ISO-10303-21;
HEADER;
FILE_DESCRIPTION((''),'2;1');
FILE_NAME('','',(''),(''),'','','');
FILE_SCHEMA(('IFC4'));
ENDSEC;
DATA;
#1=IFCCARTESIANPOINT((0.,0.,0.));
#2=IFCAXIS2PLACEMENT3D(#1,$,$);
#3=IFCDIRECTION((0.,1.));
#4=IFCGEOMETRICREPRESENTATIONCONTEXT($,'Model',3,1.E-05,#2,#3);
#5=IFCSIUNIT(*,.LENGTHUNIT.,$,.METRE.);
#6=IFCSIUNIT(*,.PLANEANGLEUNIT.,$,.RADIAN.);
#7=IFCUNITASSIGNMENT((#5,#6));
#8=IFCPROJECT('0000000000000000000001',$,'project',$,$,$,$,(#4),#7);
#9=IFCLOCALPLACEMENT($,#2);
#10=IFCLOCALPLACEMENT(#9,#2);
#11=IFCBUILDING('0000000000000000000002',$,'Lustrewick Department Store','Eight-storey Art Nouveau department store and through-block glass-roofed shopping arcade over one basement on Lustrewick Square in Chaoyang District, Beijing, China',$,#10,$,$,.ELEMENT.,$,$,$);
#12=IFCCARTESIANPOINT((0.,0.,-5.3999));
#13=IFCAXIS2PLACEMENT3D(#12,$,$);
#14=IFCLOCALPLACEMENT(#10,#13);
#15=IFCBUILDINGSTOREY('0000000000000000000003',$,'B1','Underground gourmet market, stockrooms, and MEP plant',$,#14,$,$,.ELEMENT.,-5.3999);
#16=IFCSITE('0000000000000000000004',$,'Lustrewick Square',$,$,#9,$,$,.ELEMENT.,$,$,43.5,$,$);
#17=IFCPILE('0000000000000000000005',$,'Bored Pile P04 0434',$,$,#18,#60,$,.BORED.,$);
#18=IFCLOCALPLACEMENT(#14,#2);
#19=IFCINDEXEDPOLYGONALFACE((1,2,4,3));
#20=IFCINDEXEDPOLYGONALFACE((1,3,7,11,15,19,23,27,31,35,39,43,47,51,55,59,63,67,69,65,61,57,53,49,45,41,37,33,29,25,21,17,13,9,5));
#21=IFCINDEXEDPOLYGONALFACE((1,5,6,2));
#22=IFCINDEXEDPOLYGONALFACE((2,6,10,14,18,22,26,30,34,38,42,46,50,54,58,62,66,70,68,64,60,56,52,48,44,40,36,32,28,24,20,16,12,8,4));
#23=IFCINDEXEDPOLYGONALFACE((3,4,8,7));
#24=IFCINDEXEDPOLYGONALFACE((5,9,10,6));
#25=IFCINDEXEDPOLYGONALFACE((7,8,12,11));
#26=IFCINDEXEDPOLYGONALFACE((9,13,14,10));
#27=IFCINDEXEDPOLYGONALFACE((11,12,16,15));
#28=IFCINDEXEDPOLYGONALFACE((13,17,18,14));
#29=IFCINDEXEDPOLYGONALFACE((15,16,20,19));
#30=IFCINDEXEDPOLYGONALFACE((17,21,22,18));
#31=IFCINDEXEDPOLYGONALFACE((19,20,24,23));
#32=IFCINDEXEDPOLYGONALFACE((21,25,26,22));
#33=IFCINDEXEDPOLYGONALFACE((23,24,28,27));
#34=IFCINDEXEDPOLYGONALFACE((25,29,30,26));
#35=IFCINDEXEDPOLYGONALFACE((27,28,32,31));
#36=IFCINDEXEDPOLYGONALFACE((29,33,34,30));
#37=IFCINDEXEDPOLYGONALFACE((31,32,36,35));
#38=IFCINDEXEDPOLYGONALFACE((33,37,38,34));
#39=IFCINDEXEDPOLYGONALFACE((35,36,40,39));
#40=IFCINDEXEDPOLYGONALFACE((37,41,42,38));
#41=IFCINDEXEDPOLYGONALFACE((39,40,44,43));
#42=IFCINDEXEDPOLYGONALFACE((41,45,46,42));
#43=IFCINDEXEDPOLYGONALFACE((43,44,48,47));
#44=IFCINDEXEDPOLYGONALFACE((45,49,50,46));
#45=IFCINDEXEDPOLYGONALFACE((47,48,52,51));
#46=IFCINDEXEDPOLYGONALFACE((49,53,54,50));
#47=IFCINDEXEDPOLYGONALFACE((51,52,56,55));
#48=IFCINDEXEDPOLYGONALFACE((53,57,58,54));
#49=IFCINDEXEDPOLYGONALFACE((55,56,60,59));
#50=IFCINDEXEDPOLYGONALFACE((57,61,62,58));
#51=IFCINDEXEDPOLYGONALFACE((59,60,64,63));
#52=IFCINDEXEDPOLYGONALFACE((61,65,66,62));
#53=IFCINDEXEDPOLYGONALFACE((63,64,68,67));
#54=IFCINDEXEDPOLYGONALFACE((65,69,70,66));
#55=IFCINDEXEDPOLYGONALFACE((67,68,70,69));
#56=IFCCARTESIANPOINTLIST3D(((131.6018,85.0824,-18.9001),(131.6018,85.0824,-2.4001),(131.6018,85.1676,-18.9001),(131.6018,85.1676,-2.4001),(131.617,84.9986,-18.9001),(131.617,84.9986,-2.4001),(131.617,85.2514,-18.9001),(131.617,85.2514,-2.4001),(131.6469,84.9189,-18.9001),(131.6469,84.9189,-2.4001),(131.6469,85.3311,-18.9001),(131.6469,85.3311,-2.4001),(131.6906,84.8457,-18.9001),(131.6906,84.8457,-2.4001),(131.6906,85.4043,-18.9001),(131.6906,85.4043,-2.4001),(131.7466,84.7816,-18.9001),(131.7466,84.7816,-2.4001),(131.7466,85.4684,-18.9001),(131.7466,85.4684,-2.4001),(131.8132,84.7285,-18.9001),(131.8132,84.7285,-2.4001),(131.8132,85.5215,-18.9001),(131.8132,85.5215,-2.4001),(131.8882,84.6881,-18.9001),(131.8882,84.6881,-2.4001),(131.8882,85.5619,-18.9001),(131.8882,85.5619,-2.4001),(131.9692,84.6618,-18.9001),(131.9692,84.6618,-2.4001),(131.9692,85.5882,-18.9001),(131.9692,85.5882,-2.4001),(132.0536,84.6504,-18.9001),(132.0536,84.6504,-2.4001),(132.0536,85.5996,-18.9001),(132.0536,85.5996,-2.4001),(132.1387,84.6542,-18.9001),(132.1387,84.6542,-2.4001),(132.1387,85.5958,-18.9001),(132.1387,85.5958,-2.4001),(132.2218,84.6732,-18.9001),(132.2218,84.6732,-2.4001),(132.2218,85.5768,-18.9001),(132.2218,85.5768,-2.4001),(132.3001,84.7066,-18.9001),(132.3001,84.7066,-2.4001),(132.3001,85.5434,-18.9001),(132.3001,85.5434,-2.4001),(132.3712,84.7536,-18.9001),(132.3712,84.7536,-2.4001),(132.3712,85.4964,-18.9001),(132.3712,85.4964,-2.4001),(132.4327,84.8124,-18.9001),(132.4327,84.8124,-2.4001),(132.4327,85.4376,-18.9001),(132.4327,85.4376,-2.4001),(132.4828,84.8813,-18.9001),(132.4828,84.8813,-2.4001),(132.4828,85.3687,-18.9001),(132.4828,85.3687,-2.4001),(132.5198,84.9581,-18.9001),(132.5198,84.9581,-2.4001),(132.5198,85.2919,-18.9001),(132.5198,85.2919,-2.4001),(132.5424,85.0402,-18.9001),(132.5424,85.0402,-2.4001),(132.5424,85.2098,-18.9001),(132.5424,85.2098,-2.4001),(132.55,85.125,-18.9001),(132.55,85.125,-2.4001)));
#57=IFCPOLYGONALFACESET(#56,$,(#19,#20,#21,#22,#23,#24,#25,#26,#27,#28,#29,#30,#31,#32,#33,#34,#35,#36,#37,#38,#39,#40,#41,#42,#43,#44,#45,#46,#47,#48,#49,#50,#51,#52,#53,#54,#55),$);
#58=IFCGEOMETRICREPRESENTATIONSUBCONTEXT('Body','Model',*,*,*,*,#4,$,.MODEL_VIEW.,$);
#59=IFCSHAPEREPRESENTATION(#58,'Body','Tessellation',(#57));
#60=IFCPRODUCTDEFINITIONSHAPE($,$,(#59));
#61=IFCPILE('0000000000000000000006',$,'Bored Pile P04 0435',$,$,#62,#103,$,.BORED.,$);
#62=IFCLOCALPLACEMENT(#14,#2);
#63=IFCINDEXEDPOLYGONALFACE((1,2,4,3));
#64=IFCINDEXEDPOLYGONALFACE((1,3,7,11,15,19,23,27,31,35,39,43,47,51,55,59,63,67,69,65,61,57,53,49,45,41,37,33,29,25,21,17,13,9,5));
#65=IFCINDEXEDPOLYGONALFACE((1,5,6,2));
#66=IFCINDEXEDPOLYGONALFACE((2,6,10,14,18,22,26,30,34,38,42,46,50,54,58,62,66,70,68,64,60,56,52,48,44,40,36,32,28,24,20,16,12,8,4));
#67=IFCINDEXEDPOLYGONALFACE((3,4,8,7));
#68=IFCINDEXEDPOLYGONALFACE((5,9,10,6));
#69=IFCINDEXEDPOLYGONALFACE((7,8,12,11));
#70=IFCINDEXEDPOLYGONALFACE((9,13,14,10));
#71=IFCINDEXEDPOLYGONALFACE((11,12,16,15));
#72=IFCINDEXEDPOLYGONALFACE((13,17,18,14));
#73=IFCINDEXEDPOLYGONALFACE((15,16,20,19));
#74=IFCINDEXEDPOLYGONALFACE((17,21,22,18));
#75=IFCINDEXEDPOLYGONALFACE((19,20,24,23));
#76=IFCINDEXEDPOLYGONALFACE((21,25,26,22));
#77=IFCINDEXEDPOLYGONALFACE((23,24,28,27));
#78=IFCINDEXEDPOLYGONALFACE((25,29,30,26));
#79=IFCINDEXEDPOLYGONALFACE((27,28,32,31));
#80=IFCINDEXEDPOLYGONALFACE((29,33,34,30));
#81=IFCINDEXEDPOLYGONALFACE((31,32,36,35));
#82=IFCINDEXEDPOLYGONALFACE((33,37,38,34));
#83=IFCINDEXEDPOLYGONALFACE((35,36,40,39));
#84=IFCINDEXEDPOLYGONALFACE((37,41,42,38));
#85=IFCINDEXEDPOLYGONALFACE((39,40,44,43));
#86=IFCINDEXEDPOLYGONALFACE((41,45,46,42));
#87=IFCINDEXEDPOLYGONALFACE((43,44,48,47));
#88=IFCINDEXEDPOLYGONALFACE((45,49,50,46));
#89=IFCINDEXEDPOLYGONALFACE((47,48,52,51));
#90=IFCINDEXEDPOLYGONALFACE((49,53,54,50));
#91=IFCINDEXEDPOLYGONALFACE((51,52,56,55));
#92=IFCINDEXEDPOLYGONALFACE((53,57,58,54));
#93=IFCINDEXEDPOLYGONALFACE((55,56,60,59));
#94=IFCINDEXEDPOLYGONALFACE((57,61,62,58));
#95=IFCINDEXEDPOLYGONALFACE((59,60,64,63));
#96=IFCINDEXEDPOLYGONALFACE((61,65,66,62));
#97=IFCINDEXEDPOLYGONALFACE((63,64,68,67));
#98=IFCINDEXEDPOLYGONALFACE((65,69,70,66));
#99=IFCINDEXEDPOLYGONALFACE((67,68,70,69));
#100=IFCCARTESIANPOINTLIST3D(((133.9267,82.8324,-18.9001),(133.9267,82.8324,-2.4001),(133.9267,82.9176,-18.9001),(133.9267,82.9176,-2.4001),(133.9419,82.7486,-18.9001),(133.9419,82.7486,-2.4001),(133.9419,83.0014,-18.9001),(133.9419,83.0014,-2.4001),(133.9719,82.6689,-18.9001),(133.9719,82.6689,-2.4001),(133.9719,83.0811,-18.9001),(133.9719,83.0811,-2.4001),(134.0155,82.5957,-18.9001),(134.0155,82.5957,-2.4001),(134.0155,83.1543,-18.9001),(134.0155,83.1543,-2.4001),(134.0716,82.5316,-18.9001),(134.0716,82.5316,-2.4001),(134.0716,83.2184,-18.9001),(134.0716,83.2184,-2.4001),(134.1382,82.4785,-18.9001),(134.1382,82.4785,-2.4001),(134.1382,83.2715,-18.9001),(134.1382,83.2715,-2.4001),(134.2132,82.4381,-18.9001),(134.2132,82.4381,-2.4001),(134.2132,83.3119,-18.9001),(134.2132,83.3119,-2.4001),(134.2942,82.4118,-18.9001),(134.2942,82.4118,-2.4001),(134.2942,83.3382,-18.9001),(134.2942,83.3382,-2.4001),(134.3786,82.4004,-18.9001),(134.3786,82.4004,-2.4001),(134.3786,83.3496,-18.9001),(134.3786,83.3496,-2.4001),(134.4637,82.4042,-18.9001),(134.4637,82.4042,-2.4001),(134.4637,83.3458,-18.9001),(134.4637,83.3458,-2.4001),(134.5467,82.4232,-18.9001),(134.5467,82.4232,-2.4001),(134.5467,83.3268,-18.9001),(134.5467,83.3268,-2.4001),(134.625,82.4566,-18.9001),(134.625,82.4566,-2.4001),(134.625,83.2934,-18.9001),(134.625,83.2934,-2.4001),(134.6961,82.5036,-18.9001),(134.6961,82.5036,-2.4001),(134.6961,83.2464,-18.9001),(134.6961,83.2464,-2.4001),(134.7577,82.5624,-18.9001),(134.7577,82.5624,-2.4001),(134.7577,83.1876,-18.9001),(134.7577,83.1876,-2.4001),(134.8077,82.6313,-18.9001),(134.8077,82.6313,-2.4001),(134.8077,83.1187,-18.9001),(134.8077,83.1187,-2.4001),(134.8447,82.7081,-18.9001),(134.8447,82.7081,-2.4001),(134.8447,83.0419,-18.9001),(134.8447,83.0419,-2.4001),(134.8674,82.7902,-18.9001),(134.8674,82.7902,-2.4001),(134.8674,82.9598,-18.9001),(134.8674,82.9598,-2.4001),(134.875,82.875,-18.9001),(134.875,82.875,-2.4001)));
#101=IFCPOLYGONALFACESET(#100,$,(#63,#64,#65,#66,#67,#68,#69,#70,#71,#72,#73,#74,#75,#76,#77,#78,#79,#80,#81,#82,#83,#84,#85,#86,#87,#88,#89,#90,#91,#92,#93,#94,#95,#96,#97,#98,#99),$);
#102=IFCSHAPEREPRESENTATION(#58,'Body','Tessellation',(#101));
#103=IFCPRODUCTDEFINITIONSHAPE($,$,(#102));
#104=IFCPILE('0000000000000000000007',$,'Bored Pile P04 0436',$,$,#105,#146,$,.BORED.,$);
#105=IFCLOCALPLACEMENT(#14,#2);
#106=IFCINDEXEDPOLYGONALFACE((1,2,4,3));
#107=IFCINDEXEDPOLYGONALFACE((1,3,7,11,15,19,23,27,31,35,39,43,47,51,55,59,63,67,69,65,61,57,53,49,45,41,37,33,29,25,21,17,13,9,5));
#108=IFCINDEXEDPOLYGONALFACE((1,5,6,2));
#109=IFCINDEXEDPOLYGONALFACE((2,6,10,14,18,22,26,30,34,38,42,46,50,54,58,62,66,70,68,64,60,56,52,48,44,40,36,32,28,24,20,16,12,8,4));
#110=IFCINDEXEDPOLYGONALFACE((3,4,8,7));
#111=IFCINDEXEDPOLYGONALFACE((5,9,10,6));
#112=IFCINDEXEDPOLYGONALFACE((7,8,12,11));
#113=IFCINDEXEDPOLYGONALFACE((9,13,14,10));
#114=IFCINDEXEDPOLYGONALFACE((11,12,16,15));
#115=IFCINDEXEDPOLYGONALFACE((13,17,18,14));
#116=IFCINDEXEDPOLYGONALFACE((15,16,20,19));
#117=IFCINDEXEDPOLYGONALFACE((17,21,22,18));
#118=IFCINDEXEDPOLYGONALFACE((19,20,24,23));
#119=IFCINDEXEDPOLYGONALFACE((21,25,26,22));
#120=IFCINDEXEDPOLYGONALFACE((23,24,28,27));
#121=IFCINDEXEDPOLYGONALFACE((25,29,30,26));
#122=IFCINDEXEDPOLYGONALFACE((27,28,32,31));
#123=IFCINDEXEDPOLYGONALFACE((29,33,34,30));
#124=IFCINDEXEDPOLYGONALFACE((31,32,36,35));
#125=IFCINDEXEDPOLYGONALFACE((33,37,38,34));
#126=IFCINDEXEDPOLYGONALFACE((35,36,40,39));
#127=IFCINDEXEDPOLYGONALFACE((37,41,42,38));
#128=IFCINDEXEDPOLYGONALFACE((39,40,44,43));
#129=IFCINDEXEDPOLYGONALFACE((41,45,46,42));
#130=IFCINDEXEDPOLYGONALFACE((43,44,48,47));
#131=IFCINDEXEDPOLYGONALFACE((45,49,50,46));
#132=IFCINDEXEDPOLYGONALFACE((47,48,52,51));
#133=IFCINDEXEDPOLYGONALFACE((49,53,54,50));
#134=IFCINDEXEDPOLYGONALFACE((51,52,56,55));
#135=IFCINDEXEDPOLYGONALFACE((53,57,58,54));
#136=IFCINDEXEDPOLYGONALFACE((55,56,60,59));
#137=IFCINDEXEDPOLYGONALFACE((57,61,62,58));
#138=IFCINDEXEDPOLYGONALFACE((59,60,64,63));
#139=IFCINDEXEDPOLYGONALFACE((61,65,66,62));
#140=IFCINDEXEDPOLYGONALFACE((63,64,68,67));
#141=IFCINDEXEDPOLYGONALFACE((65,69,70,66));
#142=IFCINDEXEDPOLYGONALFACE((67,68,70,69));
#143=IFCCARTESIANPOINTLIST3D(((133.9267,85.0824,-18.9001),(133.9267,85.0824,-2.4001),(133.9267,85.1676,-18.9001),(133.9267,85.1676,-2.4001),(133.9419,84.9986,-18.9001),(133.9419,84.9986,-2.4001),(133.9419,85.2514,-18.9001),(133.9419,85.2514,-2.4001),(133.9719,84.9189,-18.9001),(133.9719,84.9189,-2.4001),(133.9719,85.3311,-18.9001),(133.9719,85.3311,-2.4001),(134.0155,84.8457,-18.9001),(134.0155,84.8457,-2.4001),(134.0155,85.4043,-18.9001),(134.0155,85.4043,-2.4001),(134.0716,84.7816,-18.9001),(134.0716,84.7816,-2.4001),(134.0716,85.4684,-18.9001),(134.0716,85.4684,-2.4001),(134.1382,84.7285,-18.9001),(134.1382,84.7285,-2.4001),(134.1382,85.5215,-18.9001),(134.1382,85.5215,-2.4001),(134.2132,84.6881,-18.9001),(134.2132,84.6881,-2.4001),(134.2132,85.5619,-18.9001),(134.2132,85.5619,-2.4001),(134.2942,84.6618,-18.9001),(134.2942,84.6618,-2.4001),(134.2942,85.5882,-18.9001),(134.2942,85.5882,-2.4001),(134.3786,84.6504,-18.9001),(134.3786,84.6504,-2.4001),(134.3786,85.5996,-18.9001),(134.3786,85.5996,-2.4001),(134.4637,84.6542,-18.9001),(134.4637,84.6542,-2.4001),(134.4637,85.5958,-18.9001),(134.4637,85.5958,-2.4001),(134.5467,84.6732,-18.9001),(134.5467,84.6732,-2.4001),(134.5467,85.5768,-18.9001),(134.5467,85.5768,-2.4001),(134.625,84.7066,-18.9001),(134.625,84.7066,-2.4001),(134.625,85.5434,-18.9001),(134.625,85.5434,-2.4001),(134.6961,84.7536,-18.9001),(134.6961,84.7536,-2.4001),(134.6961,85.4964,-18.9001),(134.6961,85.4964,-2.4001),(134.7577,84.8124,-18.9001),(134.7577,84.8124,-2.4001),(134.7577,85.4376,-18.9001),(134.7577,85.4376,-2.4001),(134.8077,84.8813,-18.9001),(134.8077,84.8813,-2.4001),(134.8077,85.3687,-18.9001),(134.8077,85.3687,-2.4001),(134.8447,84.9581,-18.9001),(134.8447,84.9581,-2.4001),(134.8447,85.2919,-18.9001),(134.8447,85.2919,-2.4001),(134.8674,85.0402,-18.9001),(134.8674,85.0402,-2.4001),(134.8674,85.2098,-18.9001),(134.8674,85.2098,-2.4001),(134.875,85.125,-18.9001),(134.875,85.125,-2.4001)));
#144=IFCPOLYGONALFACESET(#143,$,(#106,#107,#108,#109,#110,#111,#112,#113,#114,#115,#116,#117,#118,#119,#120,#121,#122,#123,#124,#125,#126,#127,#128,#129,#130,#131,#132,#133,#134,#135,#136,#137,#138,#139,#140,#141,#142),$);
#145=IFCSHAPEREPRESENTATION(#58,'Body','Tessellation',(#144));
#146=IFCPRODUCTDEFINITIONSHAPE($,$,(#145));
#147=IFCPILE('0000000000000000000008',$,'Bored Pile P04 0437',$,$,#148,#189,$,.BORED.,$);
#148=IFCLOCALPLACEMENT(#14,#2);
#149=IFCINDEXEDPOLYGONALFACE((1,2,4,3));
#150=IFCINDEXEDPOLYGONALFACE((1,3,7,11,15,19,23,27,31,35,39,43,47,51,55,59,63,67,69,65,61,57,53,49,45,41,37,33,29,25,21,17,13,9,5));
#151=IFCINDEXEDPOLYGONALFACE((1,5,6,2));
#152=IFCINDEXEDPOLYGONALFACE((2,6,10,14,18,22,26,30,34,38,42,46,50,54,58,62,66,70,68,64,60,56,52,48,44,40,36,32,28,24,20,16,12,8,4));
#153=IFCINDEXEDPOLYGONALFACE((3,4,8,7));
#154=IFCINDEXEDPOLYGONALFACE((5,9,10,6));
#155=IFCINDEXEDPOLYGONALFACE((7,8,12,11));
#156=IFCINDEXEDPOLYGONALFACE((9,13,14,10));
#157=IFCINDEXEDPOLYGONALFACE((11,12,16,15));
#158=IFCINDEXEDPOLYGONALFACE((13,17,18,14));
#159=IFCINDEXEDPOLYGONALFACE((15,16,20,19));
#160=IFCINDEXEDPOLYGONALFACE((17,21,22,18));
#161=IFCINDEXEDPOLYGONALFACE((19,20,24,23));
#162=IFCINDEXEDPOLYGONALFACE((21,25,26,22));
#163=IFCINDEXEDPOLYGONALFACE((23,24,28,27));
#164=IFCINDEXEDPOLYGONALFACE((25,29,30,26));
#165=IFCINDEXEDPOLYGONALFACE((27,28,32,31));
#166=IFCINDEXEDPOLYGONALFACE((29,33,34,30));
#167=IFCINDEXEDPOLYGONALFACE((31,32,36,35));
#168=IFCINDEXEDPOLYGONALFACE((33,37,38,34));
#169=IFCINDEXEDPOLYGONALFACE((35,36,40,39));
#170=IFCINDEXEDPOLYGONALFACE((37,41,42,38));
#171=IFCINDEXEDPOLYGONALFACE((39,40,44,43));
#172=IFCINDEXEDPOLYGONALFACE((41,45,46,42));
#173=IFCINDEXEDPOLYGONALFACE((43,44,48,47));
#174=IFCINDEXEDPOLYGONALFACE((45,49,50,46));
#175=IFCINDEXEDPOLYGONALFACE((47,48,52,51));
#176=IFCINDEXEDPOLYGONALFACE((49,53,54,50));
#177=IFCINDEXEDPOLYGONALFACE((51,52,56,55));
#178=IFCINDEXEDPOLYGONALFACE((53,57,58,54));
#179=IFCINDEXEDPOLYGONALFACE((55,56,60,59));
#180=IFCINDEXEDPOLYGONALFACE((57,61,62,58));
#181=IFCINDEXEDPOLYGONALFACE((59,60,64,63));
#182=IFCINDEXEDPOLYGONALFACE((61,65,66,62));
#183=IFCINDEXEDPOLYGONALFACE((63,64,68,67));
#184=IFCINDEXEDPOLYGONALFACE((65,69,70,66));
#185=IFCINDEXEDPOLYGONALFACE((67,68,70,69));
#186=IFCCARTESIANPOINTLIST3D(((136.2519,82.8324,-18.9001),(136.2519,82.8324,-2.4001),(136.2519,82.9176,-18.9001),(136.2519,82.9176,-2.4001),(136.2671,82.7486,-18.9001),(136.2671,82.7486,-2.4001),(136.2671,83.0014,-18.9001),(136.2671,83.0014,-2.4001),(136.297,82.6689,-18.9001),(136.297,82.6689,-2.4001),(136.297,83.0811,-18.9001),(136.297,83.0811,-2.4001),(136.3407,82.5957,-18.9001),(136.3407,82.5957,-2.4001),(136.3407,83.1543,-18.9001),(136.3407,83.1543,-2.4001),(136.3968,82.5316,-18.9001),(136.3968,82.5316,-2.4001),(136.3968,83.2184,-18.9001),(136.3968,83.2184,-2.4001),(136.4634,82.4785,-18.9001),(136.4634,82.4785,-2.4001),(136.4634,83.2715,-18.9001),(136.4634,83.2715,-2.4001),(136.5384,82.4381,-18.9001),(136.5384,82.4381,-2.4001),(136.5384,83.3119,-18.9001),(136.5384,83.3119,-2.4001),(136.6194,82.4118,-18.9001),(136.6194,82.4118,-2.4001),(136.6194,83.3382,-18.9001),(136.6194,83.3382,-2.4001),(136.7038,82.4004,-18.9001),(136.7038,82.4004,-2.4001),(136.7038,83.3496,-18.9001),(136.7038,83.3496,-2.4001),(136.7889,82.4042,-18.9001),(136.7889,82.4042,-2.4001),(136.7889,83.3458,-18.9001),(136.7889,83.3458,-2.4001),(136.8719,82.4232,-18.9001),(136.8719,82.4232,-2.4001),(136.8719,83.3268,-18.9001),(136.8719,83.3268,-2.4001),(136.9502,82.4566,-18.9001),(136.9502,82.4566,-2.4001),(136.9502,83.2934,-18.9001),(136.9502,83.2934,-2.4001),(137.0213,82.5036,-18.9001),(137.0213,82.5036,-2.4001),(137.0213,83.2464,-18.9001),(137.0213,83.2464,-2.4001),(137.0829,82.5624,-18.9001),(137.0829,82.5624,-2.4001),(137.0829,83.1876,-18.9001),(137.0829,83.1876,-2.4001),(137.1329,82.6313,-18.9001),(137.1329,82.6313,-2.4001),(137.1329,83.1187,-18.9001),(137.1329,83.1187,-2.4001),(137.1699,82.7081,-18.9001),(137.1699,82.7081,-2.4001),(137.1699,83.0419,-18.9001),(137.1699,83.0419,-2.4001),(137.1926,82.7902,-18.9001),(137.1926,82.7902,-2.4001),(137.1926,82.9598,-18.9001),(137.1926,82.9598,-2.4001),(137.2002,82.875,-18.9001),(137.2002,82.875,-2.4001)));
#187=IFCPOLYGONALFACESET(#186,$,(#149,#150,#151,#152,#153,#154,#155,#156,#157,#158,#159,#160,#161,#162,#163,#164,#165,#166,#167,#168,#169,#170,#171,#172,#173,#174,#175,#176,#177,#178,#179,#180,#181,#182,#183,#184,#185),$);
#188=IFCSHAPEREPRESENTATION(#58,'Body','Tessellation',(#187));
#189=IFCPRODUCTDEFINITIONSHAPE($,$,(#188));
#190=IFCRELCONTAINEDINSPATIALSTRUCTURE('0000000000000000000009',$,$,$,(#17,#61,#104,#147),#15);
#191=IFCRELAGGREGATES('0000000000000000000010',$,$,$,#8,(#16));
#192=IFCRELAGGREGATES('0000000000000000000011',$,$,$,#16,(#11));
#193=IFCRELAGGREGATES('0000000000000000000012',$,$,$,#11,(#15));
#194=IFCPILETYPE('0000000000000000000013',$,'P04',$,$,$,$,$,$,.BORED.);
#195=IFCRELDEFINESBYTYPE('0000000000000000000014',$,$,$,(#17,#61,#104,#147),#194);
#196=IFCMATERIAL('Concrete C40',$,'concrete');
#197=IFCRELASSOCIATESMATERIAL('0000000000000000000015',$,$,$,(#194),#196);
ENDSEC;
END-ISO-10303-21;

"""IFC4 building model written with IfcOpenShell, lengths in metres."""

from ifc_helpers import new_model, si_unit, direction, frame, origin, origin_2d, place, context, subcontext, project, spatial, circle, extrude, material, material_profile, profile_set, type_object, element, save


model = new_model("IFC4")

# Units and contexts
model_context = context("Model", 3, precision=1e-05, world=origin(), true_north=direction((0.0, 1.0)))
body_context = subcontext(model_context, "Body", "Model", "MODEL_VIEW")
ifc_project = project(units=[si_unit("LENGTHUNIT", "METRE"), si_unit("PLANEANGLEUNIT", "RADIAN")], contexts=[model_context])

# Site, building, storey
site_placement = place(None, origin())
site = spatial("IfcSite", under=ifc_project, at=site_placement, Name="Lustrewick Square", CompositionType="ELEMENT", RefElevation=43.5)
building_placement = place(site_placement, origin())
building = spatial("IfcBuilding", under=site, at=building_placement, Name="Lustrewick Department Store", Description="Eight-storey Art Nouveau department store and through-block glass-roofed shopping arcade over one basement on Lustrewick Square in Chaoyang District, Beijing, China", CompositionType="ELEMENT")
storey_placement = place(building_placement, frame((0.0, 0.0, -5.3999)))
storey = spatial("IfcBuildingStorey", under=building, at=storey_placement, Name="B1", Description="Underground gourmet market, stockrooms, and MEP plant", CompositionType="ELEMENT", Elevation=-5.3999)

# Piles
ifc_material_1 = material(Name="Concrete C40", Category="concrete")
ifc_material_profile_1 = material_profile(ifc_material_1, circle(Radius=0.4751, at=origin_2d()), Name="PILE D950")
ifc_profile_set_1 = profile_set([ifc_material_profile_1], Name="Concrete C40")
pile_type_1 = type_object("IfcPileType", Name="P04", PredefinedType="BORED", material=ifc_profile_set_1)
for number, where, z_axis, x_axis, name in (
    (1, (132.075, 85.125, -2.4001), (0.0, 0.0, -1.0), (1.0, 0.0, 0.0), "Bored Pile P04 0434"),
    (2, (134.3999, 82.875, -2.4001), (0.0, 0.0, -1.0), (1.0, 0.0, 0.0), "Bored Pile P04 0435"),
    (3, (134.3999, 85.125, -2.4001), (0.0, 0.0, -1.0), (1.0, 0.0, 0.0), "Bored Pile P04 0436"),
    (4, (136.7251, 82.875, -2.4001), (0.0, 0.0, -1.0), (1.0, 0.0, 0.0), "Bored Pile P04 0437"),
):
    element("IfcPile", number, at=place(storey_placement, frame(where, z_axis=z_axis, x_axis=x_axis)), inside=storey, type_object=pile_type_1, Name=name, PredefinedType="BORED", context=body_context, shape_type="SweptSolid", body=[
        extrude(circle(Radius=0.4751, at=origin_2d()), origin(), (0.0, 0.0, 1.0), 16.5),
    ])

save(model, "model.ifc")
